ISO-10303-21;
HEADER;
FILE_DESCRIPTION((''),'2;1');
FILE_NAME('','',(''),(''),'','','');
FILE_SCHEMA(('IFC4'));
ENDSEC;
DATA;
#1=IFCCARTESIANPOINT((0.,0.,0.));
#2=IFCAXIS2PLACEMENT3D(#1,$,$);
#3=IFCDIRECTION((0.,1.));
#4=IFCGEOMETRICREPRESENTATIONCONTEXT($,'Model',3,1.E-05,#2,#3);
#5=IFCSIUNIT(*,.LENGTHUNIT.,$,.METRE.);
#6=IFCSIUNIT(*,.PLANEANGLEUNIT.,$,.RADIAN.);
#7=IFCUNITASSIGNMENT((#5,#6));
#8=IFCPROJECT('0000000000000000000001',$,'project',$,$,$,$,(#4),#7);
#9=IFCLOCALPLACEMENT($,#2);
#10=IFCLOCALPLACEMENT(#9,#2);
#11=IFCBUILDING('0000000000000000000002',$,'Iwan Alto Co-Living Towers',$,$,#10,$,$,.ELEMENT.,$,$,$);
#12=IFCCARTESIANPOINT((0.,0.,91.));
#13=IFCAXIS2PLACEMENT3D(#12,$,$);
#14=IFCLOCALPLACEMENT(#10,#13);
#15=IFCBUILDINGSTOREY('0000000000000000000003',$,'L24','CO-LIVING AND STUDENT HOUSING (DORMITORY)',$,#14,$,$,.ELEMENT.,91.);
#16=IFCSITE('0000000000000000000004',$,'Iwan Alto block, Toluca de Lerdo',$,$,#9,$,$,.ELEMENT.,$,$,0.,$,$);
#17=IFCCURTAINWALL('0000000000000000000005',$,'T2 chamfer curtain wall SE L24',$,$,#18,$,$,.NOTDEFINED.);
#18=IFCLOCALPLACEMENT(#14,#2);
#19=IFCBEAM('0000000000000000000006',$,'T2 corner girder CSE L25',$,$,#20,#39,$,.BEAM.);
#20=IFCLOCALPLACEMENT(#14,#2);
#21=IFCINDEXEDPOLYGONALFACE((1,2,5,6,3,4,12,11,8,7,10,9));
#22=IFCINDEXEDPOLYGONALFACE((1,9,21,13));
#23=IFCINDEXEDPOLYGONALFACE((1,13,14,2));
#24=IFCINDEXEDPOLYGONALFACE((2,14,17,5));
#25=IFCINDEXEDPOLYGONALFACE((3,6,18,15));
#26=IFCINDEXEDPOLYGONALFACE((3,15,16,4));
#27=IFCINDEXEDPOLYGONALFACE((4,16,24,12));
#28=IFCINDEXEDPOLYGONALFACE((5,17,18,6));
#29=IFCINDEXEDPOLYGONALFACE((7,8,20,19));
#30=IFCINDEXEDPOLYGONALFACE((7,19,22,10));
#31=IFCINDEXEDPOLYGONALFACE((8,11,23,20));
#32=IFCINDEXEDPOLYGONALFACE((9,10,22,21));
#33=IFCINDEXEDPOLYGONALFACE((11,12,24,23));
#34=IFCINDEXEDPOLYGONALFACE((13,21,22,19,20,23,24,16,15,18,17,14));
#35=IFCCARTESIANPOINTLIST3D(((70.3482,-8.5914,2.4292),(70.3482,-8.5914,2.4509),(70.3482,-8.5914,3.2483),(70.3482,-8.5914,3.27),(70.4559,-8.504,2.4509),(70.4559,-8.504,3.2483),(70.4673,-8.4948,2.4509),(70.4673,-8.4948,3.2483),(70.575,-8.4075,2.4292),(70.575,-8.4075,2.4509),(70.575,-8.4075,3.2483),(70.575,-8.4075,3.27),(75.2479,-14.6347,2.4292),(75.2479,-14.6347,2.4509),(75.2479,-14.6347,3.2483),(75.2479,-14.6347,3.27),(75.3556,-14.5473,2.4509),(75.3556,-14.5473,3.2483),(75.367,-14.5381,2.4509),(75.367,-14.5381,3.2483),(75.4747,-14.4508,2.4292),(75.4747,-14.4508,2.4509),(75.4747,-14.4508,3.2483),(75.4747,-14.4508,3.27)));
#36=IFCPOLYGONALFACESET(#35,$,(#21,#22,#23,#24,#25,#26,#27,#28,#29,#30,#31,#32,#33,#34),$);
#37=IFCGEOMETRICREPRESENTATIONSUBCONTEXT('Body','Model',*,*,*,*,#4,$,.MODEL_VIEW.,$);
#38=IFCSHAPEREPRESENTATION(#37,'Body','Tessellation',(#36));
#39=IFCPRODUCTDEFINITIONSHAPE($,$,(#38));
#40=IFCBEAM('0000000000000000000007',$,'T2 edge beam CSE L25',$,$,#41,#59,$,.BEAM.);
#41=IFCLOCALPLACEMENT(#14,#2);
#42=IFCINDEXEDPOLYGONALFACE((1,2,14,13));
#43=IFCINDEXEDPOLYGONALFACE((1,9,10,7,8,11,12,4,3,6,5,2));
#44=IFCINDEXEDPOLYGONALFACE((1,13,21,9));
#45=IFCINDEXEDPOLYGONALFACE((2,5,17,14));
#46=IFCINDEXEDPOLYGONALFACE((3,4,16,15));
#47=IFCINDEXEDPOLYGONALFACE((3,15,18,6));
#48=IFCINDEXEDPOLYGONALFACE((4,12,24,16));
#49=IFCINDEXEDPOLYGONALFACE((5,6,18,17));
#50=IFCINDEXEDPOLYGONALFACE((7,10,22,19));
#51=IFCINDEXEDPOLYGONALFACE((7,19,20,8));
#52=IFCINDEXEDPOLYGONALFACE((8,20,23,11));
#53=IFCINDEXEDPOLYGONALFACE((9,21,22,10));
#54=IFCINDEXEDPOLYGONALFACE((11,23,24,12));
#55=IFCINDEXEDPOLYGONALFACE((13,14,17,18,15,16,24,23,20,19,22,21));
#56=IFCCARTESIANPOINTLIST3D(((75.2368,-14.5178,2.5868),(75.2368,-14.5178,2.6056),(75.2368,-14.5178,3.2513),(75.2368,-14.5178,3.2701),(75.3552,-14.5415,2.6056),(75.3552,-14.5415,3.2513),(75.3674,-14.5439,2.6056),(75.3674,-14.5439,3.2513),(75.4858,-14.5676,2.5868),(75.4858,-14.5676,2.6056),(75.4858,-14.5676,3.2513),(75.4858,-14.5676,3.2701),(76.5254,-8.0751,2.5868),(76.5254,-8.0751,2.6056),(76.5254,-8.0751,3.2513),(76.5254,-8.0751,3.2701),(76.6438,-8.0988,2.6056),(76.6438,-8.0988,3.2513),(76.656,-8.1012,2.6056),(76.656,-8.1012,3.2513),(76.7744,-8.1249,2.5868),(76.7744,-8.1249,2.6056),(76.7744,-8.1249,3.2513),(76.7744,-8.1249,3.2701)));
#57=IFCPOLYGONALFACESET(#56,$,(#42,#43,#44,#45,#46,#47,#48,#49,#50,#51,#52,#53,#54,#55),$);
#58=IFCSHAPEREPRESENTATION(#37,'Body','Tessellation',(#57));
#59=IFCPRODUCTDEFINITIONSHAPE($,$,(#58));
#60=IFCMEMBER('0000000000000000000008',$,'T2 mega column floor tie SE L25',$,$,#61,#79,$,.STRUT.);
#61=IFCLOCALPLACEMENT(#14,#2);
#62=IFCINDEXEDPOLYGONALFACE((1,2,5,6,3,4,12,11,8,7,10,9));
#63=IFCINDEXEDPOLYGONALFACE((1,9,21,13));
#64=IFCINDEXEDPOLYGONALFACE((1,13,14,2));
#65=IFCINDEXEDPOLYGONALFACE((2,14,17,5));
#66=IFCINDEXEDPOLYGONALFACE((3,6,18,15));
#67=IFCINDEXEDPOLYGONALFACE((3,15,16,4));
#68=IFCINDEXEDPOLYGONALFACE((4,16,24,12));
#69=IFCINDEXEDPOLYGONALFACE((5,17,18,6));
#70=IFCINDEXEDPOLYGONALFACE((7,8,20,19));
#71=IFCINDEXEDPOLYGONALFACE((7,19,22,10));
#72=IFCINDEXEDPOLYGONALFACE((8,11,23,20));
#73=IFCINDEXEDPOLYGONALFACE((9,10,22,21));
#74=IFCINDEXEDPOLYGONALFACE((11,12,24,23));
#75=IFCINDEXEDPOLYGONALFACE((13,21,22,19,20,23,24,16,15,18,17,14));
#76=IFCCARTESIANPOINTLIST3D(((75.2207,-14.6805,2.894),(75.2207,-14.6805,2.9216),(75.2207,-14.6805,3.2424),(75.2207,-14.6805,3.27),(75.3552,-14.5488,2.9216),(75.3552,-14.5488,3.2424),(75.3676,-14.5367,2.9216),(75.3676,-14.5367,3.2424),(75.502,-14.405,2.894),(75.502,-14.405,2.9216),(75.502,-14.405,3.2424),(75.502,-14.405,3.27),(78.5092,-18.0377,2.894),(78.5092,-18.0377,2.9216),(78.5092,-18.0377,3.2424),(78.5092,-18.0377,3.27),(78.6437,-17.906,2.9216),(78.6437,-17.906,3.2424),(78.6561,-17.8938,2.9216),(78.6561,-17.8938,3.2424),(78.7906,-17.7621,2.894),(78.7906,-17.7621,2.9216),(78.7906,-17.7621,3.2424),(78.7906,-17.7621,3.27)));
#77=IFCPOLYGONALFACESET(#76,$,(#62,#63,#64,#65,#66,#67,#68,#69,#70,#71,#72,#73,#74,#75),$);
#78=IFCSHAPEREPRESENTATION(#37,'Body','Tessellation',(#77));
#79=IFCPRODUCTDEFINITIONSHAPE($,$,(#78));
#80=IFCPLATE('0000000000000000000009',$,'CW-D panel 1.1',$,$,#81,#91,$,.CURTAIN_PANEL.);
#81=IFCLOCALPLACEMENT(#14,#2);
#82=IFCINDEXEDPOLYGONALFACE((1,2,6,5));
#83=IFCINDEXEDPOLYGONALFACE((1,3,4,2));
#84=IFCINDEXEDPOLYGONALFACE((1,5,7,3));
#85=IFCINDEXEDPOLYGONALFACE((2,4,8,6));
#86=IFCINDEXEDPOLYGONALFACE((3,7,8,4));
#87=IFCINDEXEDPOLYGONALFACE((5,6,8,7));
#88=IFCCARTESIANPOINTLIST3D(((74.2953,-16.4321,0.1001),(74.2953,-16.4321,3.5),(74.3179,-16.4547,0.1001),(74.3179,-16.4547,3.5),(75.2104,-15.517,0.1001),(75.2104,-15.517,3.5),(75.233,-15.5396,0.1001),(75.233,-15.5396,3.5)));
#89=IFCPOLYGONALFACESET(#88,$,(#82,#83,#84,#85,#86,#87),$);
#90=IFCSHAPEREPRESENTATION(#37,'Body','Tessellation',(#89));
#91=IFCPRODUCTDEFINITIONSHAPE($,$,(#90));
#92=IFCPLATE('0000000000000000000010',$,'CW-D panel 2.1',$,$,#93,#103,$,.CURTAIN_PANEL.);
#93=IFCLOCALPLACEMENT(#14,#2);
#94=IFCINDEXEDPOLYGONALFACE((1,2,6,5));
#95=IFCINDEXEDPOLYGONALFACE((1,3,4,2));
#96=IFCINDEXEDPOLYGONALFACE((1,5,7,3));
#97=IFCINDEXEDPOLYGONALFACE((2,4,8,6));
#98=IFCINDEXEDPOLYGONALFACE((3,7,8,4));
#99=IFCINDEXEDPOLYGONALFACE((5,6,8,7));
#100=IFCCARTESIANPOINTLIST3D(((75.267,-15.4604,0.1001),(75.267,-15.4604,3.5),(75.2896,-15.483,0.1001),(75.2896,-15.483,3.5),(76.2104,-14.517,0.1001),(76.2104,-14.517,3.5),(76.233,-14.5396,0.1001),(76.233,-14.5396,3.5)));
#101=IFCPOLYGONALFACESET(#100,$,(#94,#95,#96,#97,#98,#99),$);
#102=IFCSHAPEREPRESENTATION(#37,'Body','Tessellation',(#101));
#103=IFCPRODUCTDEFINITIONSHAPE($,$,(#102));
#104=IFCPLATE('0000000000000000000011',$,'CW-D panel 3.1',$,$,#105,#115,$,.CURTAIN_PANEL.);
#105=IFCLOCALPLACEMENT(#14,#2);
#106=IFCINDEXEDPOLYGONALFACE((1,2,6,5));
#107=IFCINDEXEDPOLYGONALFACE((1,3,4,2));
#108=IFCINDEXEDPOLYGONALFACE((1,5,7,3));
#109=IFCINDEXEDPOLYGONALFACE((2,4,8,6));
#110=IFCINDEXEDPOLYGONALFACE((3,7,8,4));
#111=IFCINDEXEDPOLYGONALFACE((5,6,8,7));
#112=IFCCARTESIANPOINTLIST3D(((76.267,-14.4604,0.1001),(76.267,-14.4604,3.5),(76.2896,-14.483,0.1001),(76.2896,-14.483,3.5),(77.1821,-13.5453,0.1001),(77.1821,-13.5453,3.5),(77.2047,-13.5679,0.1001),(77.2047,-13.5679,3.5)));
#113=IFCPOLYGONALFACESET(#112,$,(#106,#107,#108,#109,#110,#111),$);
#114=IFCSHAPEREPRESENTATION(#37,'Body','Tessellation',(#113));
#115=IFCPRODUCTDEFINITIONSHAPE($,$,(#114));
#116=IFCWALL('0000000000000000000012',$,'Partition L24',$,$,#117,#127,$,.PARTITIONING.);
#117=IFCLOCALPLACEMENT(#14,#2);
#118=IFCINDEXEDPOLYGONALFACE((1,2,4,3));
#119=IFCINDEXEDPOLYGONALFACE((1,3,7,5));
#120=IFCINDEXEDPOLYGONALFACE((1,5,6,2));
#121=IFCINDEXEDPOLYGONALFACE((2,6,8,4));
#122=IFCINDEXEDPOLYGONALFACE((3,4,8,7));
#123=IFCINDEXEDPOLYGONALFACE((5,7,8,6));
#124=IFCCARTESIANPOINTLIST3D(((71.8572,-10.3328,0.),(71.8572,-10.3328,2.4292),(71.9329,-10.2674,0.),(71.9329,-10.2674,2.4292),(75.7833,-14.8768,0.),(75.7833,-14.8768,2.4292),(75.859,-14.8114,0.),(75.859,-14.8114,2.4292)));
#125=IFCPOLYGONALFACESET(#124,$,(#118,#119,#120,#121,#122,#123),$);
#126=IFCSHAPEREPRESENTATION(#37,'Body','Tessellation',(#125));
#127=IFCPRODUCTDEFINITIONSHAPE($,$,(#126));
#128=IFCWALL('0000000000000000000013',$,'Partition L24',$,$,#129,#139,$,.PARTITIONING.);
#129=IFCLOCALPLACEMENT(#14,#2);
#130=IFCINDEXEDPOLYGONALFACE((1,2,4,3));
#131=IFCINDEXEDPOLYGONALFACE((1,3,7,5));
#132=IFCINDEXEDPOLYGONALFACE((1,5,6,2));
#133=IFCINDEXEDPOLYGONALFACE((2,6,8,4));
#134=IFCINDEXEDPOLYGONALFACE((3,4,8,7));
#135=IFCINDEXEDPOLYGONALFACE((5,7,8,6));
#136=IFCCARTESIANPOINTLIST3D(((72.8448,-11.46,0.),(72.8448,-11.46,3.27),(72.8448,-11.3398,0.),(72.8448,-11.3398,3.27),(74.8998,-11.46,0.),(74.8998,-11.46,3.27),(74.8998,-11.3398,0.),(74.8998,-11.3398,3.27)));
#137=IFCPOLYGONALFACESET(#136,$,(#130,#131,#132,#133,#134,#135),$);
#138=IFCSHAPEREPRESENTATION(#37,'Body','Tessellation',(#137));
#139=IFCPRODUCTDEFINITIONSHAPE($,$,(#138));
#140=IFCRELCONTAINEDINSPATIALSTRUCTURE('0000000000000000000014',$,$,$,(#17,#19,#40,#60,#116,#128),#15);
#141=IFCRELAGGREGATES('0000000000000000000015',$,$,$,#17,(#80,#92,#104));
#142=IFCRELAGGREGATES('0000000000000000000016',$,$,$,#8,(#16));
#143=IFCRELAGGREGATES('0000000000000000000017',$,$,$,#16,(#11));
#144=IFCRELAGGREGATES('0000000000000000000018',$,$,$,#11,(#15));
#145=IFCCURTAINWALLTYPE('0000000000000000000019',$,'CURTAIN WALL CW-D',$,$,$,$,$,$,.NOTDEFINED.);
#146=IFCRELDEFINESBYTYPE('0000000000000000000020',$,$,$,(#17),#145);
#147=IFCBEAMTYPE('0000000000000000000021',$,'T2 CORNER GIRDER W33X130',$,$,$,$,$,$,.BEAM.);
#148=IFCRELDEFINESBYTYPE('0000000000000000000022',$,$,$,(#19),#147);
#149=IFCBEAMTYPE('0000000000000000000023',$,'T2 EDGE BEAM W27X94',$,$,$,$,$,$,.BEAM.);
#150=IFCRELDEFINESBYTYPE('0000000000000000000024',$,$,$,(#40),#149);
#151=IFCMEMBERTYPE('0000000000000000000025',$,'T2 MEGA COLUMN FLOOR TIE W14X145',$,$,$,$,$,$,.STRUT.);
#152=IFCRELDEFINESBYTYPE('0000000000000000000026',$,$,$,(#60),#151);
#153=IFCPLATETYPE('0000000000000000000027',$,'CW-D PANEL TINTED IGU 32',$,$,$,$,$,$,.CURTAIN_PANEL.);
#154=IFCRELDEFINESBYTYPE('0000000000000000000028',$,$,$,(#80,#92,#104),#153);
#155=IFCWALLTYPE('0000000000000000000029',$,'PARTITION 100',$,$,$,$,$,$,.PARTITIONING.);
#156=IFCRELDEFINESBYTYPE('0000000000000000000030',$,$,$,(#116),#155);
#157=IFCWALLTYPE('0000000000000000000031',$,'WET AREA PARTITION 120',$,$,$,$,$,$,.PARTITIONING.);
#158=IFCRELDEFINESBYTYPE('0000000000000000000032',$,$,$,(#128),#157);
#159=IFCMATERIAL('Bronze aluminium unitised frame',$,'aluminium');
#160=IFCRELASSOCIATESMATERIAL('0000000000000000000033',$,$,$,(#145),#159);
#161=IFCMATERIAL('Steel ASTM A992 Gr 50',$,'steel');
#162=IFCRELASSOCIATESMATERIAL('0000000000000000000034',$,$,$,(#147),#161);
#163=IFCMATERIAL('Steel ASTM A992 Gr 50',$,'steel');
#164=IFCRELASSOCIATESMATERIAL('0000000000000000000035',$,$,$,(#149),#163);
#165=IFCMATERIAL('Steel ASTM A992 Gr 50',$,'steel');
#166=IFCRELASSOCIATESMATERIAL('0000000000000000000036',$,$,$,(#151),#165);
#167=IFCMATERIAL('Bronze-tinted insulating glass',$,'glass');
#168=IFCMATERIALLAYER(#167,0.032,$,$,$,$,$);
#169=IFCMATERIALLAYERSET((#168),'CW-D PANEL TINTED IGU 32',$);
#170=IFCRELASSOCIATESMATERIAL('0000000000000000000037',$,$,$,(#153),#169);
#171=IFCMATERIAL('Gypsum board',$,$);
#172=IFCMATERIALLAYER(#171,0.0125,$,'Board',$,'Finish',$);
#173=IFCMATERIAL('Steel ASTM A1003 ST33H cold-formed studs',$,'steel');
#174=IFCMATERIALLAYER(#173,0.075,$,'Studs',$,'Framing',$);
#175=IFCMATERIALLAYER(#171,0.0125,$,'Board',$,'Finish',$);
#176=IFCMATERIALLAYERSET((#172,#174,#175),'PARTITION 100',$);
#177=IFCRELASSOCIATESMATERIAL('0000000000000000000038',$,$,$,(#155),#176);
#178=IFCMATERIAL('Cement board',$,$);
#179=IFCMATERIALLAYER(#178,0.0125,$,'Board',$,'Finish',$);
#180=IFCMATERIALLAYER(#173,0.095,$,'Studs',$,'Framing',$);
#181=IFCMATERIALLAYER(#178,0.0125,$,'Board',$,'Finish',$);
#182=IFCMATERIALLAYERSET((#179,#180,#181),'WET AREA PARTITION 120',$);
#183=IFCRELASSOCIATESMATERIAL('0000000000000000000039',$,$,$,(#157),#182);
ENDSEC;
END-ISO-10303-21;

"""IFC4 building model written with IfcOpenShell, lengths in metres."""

from ifc_helpers import new_model, si_unit, direction, frame, frame_2d, origin, origin_2d, place, context, subcontext, project, spatial, rectangle, i_section, extrude, material, layer, layer_set, material_profile, profile_set, type_object, element, aggregate, save


model = new_model("IFC4")

# Units and contexts
model_context = context("Model", 3, precision=1e-05, world=origin(), true_north=direction((0.0, 1.0)))
body_context = subcontext(model_context, "Body", "Model", "MODEL_VIEW")
ifc_project = project(units=[si_unit("LENGTHUNIT", "METRE"), si_unit("PLANEANGLEUNIT", "RADIAN")], contexts=[model_context])

# Site, building, storey
site_placement = place(None, origin())
site = spatial("IfcSite", under=ifc_project, at=site_placement, Name="Iwan Alto block, Toluca de Lerdo", CompositionType="ELEMENT", RefElevation=0.0)
building_placement = place(site_placement, origin())
building = spatial("IfcBuilding", under=site, at=building_placement, Name="Iwan Alto Co-Living Towers", CompositionType="ELEMENT")
storey_placement = place(building_placement, frame((0.0, 0.0, 91.0)))
storey = spatial("IfcBuildingStorey", under=building, at=storey_placement, Name="L24", Description="CO-LIVING AND STUDENT HOUSING (DORMITORY)", CompositionType="ELEMENT", Elevation=91.0)

# Curtain wall
ifc_material_1 = material(Name="Bronze aluminium unitised frame", Category="aluminium")
curtain_wall_type_1 = type_object("IfcCurtainWallType", Name="CURTAIN WALL CW-D", PredefinedType="NOTDEFINED", material=ifc_material_1)
curtain_wall_1_placement = place(storey_placement, origin())
curtain_wall_1 = element("IfcCurtainWall", 1, at=curtain_wall_1_placement, inside=storey, type_object=curtain_wall_type_1, Name="T2 chamfer curtain wall SE L24", PredefinedType="NOTDEFINED")

# Beams
ifc_material_2 = material(Name="Steel ASTM A992 Gr 50", Category="steel")
ifc_material_profile_1 = material_profile(ifc_material_2, i_section(OverallWidth=0.292, OverallDepth=0.8408, WebThickness=0.0146, FlangeThickness=0.0217, at=origin_2d()), Name="W33X130")
ifc_profile_set_1 = profile_set([ifc_material_profile_1], Name="Steel ASTM A992 Gr 50")
beam_type_1 = type_object("IfcBeamType", Name="T2 CORNER GIRDER W33X130", PredefinedType="BEAM", material=ifc_profile_set_1)
beam_1_placement = place(storey_placement, frame((75.3613, -14.5427, 2.8496), z_axis=(-0.629783, 0.776771, 0.0), x_axis=(-0.776771, -0.629783, 0.0)))
element("IfcBeam", 2, at=beam_1_placement, inside=storey, type_object=beam_type_1, Name="T2 corner girder CSE L25", PredefinedType="BEAM", context=body_context, shape_type="SweptSolid", body=[
    extrude(i_section(OverallWidth=0.292, OverallDepth=0.8408, WebThickness=0.0146, FlangeThickness=0.0217, at=origin_2d()), origin(), (0.0, 0.0, 1.0), 7.78),
])
ifc_material_3 = material(Name="Steel ASTM A992 Gr 50", Category="steel")
ifc_material_profile_2 = material_profile(ifc_material_3, i_section(OverallWidth=0.2539, OverallDepth=0.6833, WebThickness=0.0125, FlangeThickness=0.0188, at=origin_2d()), Name="W27X94")
ifc_profile_set_2 = profile_set([ifc_material_profile_2], Name="Steel ASTM A992 Gr 50")
beam_type_2 = type_object("IfcBeamType", Name="T2 EDGE BEAM W27X94", PredefinedType="BEAM", material=ifc_profile_set_2)
beam_2_placement = place(storey_placement, frame((75.3613, -14.5427, 2.9285), z_axis=(0.196123, 0.980579, 0.0), x_axis=(-0.980579, 0.196123, 0.0)))
element("IfcBeam", 3, at=beam_2_placement, inside=storey, type_object=beam_type_2, Name="T2 edge beam CSE L25", PredefinedType="BEAM", context=body_context, shape_type="SweptSolid", body=[
    extrude(i_section(OverallWidth=0.2539, OverallDepth=0.6833, WebThickness=0.0125, FlangeThickness=0.0188, at=origin_2d()), origin(), (0.0, 0.0, 1.0), 6.5703),
])

# Member
ifc_material_4 = material(Name="Steel ASTM A992 Gr 50", Category="steel")
ifc_material_profile_3 = material_profile(ifc_material_4, i_section(OverallWidth=0.3938, OverallDepth=0.376, WebThickness=0.0173, FlangeThickness=0.0276, at=origin_2d()), Name="W14X145")
ifc_profile_set_3 = profile_set([ifc_material_profile_3], Name="Steel ASTM A992 Gr 50")
member_type_1 = type_object("IfcMemberType", Name="T2 MEGA COLUMN FLOOR TIE W14X145", PredefinedType="STRUT", material=ifc_profile_set_3)
member_1_placement = place(storey_placement, frame((78.6499, -17.8999, 3.082), z_axis=(-0.69977, 0.714368, 0.0), x_axis=(-0.714368, -0.69977, 0.0)))
element("IfcMember", 4, at=member_1_placement, inside=storey, type_object=member_type_1, Name="T2 mega column floor tie SE L25", PredefinedType="STRUT", context=body_context, shape_type="SweptSolid", body=[
    extrude(i_section(OverallWidth=0.3938, OverallDepth=0.376, WebThickness=0.0173, FlangeThickness=0.0276, at=origin_2d()), origin(), (0.0, 0.0, 1.0), 4.6995),
])

# Plates
ifc_material_5 = material(Name="Bronze-tinted insulating glass", Category="glass")
ifc_layer_1 = layer(ifc_material_5, 0.032)
ifc_layer_set_1 = layer_set([ifc_layer_1], Name="CW-D PANEL TINTED IGU 32")
plate_type = type_object("IfcPlateType", Name="CW-D PANEL TINTED IGU 32", PredefinedType="CURTAIN_PANEL", material=ifc_layer_set_1)
plate_1_placement = place(storey_placement, frame((74.7642, -15.9858, 0.1001), z_axis=(0.0, 0.0, 1.0), x_axis=(0.707107, 0.707107, 0.0)))
plate_1 = element("IfcPlate", 5, at=plate_1_placement, type_object=plate_type, Name="CW-D panel 1.1", PredefinedType="CURTAIN_PANEL", context=body_context, shape_type="SweptSolid", body=[
    extrude(rectangle(XDim=1.2942, YDim=0.032, at=origin_2d()), origin(), (0.0, 0.0, 1.0), 3.3999),
])
plate_2_placement = place(storey_placement, frame((75.75, -15.0, 0.1001), z_axis=(0.0, 0.0, 1.0), x_axis=(0.707107, 0.707107, 0.0)))
plate_2 = element("IfcPlate", 6, at=plate_2_placement, type_object=plate_type, Name="CW-D panel 2.1", PredefinedType="CURTAIN_PANEL", context=body_context, shape_type="SweptSolid", body=[
    extrude(rectangle(XDim=1.3342, YDim=0.032, at=origin_2d()), origin(), (0.0, 0.0, 1.0), 3.3999),
])
plate_3_placement = place(storey_placement, frame((76.7358, -14.0142, 0.1001), z_axis=(0.0, 0.0, 1.0), x_axis=(0.707107, 0.707107, 0.0)))
plate_3 = element("IfcPlate", 7, at=plate_3_placement, type_object=plate_type, Name="CW-D panel 3.1", PredefinedType="CURTAIN_PANEL", context=body_context, shape_type="SweptSolid", body=[
    extrude(rectangle(XDim=1.2942, YDim=0.032, at=origin_2d()), origin(), (0.0, 0.0, 1.0), 3.3999),
])
aggregate(curtain_wall_1, [plate_1, plate_2, plate_3])

# Walls
ifc_material_6 = material(Name="Gypsum board")
ifc_layer_2 = layer(ifc_material_6, 0.0125, Name="Board", Category="Finish")
ifc_material_7 = material(Name="Steel ASTM A1003 ST33H cold-formed studs", Category="steel")
ifc_layer_3 = layer(ifc_material_7, 0.075, Name="Studs", Category="Framing")
ifc_layer_4 = layer(ifc_material_6, 0.0125, Name="Board", Category="Finish")
ifc_layer_set_2 = layer_set([ifc_layer_2, ifc_layer_3, ifc_layer_4], Name="PARTITION 100")
wall_type_1 = type_object("IfcWallType", Name="PARTITION 100", PredefinedType="PARTITIONING", material=ifc_layer_set_2)
wall_1_placement = place(storey_placement, frame((75.821, -14.844, 0.0), z_axis=(0.0, 0.0, 1.0), x_axis=(-0.653783, 0.756682, 0.0)))
element("IfcWall", 8, at=wall_1_placement, inside=storey, type_object=wall_type_1, Name="Partition L24", PredefinedType="PARTITIONING", context=body_context, shape_type="SweptSolid", body=[
    extrude(rectangle(XDim=6.0051, YDim=0.1001, at=frame_2d((3.0024, 0.0))), origin(), (0.0, 0.0, 1.0), 2.4292),
])
ifc_material_8 = material(Name="Cement board")
ifc_layer_5 = layer(ifc_material_8, 0.0125, Name="Board", Category="Finish")
ifc_layer_6 = layer(ifc_material_7, 0.095, Name="Studs", Category="Framing")
ifc_layer_7 = layer(ifc_material_8, 0.0125, Name="Board", Category="Finish")
ifc_layer_set_3 = layer_set([ifc_layer_5, ifc_layer_6, ifc_layer_7], Name="WET AREA PARTITION 120")
wall_type_2 = type_object("IfcWallType", Name="WET AREA PARTITION 120", PredefinedType="PARTITIONING", material=ifc_layer_set_3)
wall_2_placement = place(storey_placement, frame((72.845, -11.3999, 0.0), z_axis=(0.0, 0.0, 1.0), x_axis=(1.0, 0.0, 0.0)))
element("IfcWall", 9, at=wall_2_placement, inside=storey, type_object=wall_type_2, Name="Partition L24", PredefinedType="PARTITIONING", context=body_context, shape_type="SweptSolid", body=[
    extrude(rectangle(XDim=2.0549, YDim=0.1201, at=frame_2d((1.0273, 0.0))), origin(), (0.0, 0.0, 1.0), 3.27),
])

save(model, "model.ifc")
